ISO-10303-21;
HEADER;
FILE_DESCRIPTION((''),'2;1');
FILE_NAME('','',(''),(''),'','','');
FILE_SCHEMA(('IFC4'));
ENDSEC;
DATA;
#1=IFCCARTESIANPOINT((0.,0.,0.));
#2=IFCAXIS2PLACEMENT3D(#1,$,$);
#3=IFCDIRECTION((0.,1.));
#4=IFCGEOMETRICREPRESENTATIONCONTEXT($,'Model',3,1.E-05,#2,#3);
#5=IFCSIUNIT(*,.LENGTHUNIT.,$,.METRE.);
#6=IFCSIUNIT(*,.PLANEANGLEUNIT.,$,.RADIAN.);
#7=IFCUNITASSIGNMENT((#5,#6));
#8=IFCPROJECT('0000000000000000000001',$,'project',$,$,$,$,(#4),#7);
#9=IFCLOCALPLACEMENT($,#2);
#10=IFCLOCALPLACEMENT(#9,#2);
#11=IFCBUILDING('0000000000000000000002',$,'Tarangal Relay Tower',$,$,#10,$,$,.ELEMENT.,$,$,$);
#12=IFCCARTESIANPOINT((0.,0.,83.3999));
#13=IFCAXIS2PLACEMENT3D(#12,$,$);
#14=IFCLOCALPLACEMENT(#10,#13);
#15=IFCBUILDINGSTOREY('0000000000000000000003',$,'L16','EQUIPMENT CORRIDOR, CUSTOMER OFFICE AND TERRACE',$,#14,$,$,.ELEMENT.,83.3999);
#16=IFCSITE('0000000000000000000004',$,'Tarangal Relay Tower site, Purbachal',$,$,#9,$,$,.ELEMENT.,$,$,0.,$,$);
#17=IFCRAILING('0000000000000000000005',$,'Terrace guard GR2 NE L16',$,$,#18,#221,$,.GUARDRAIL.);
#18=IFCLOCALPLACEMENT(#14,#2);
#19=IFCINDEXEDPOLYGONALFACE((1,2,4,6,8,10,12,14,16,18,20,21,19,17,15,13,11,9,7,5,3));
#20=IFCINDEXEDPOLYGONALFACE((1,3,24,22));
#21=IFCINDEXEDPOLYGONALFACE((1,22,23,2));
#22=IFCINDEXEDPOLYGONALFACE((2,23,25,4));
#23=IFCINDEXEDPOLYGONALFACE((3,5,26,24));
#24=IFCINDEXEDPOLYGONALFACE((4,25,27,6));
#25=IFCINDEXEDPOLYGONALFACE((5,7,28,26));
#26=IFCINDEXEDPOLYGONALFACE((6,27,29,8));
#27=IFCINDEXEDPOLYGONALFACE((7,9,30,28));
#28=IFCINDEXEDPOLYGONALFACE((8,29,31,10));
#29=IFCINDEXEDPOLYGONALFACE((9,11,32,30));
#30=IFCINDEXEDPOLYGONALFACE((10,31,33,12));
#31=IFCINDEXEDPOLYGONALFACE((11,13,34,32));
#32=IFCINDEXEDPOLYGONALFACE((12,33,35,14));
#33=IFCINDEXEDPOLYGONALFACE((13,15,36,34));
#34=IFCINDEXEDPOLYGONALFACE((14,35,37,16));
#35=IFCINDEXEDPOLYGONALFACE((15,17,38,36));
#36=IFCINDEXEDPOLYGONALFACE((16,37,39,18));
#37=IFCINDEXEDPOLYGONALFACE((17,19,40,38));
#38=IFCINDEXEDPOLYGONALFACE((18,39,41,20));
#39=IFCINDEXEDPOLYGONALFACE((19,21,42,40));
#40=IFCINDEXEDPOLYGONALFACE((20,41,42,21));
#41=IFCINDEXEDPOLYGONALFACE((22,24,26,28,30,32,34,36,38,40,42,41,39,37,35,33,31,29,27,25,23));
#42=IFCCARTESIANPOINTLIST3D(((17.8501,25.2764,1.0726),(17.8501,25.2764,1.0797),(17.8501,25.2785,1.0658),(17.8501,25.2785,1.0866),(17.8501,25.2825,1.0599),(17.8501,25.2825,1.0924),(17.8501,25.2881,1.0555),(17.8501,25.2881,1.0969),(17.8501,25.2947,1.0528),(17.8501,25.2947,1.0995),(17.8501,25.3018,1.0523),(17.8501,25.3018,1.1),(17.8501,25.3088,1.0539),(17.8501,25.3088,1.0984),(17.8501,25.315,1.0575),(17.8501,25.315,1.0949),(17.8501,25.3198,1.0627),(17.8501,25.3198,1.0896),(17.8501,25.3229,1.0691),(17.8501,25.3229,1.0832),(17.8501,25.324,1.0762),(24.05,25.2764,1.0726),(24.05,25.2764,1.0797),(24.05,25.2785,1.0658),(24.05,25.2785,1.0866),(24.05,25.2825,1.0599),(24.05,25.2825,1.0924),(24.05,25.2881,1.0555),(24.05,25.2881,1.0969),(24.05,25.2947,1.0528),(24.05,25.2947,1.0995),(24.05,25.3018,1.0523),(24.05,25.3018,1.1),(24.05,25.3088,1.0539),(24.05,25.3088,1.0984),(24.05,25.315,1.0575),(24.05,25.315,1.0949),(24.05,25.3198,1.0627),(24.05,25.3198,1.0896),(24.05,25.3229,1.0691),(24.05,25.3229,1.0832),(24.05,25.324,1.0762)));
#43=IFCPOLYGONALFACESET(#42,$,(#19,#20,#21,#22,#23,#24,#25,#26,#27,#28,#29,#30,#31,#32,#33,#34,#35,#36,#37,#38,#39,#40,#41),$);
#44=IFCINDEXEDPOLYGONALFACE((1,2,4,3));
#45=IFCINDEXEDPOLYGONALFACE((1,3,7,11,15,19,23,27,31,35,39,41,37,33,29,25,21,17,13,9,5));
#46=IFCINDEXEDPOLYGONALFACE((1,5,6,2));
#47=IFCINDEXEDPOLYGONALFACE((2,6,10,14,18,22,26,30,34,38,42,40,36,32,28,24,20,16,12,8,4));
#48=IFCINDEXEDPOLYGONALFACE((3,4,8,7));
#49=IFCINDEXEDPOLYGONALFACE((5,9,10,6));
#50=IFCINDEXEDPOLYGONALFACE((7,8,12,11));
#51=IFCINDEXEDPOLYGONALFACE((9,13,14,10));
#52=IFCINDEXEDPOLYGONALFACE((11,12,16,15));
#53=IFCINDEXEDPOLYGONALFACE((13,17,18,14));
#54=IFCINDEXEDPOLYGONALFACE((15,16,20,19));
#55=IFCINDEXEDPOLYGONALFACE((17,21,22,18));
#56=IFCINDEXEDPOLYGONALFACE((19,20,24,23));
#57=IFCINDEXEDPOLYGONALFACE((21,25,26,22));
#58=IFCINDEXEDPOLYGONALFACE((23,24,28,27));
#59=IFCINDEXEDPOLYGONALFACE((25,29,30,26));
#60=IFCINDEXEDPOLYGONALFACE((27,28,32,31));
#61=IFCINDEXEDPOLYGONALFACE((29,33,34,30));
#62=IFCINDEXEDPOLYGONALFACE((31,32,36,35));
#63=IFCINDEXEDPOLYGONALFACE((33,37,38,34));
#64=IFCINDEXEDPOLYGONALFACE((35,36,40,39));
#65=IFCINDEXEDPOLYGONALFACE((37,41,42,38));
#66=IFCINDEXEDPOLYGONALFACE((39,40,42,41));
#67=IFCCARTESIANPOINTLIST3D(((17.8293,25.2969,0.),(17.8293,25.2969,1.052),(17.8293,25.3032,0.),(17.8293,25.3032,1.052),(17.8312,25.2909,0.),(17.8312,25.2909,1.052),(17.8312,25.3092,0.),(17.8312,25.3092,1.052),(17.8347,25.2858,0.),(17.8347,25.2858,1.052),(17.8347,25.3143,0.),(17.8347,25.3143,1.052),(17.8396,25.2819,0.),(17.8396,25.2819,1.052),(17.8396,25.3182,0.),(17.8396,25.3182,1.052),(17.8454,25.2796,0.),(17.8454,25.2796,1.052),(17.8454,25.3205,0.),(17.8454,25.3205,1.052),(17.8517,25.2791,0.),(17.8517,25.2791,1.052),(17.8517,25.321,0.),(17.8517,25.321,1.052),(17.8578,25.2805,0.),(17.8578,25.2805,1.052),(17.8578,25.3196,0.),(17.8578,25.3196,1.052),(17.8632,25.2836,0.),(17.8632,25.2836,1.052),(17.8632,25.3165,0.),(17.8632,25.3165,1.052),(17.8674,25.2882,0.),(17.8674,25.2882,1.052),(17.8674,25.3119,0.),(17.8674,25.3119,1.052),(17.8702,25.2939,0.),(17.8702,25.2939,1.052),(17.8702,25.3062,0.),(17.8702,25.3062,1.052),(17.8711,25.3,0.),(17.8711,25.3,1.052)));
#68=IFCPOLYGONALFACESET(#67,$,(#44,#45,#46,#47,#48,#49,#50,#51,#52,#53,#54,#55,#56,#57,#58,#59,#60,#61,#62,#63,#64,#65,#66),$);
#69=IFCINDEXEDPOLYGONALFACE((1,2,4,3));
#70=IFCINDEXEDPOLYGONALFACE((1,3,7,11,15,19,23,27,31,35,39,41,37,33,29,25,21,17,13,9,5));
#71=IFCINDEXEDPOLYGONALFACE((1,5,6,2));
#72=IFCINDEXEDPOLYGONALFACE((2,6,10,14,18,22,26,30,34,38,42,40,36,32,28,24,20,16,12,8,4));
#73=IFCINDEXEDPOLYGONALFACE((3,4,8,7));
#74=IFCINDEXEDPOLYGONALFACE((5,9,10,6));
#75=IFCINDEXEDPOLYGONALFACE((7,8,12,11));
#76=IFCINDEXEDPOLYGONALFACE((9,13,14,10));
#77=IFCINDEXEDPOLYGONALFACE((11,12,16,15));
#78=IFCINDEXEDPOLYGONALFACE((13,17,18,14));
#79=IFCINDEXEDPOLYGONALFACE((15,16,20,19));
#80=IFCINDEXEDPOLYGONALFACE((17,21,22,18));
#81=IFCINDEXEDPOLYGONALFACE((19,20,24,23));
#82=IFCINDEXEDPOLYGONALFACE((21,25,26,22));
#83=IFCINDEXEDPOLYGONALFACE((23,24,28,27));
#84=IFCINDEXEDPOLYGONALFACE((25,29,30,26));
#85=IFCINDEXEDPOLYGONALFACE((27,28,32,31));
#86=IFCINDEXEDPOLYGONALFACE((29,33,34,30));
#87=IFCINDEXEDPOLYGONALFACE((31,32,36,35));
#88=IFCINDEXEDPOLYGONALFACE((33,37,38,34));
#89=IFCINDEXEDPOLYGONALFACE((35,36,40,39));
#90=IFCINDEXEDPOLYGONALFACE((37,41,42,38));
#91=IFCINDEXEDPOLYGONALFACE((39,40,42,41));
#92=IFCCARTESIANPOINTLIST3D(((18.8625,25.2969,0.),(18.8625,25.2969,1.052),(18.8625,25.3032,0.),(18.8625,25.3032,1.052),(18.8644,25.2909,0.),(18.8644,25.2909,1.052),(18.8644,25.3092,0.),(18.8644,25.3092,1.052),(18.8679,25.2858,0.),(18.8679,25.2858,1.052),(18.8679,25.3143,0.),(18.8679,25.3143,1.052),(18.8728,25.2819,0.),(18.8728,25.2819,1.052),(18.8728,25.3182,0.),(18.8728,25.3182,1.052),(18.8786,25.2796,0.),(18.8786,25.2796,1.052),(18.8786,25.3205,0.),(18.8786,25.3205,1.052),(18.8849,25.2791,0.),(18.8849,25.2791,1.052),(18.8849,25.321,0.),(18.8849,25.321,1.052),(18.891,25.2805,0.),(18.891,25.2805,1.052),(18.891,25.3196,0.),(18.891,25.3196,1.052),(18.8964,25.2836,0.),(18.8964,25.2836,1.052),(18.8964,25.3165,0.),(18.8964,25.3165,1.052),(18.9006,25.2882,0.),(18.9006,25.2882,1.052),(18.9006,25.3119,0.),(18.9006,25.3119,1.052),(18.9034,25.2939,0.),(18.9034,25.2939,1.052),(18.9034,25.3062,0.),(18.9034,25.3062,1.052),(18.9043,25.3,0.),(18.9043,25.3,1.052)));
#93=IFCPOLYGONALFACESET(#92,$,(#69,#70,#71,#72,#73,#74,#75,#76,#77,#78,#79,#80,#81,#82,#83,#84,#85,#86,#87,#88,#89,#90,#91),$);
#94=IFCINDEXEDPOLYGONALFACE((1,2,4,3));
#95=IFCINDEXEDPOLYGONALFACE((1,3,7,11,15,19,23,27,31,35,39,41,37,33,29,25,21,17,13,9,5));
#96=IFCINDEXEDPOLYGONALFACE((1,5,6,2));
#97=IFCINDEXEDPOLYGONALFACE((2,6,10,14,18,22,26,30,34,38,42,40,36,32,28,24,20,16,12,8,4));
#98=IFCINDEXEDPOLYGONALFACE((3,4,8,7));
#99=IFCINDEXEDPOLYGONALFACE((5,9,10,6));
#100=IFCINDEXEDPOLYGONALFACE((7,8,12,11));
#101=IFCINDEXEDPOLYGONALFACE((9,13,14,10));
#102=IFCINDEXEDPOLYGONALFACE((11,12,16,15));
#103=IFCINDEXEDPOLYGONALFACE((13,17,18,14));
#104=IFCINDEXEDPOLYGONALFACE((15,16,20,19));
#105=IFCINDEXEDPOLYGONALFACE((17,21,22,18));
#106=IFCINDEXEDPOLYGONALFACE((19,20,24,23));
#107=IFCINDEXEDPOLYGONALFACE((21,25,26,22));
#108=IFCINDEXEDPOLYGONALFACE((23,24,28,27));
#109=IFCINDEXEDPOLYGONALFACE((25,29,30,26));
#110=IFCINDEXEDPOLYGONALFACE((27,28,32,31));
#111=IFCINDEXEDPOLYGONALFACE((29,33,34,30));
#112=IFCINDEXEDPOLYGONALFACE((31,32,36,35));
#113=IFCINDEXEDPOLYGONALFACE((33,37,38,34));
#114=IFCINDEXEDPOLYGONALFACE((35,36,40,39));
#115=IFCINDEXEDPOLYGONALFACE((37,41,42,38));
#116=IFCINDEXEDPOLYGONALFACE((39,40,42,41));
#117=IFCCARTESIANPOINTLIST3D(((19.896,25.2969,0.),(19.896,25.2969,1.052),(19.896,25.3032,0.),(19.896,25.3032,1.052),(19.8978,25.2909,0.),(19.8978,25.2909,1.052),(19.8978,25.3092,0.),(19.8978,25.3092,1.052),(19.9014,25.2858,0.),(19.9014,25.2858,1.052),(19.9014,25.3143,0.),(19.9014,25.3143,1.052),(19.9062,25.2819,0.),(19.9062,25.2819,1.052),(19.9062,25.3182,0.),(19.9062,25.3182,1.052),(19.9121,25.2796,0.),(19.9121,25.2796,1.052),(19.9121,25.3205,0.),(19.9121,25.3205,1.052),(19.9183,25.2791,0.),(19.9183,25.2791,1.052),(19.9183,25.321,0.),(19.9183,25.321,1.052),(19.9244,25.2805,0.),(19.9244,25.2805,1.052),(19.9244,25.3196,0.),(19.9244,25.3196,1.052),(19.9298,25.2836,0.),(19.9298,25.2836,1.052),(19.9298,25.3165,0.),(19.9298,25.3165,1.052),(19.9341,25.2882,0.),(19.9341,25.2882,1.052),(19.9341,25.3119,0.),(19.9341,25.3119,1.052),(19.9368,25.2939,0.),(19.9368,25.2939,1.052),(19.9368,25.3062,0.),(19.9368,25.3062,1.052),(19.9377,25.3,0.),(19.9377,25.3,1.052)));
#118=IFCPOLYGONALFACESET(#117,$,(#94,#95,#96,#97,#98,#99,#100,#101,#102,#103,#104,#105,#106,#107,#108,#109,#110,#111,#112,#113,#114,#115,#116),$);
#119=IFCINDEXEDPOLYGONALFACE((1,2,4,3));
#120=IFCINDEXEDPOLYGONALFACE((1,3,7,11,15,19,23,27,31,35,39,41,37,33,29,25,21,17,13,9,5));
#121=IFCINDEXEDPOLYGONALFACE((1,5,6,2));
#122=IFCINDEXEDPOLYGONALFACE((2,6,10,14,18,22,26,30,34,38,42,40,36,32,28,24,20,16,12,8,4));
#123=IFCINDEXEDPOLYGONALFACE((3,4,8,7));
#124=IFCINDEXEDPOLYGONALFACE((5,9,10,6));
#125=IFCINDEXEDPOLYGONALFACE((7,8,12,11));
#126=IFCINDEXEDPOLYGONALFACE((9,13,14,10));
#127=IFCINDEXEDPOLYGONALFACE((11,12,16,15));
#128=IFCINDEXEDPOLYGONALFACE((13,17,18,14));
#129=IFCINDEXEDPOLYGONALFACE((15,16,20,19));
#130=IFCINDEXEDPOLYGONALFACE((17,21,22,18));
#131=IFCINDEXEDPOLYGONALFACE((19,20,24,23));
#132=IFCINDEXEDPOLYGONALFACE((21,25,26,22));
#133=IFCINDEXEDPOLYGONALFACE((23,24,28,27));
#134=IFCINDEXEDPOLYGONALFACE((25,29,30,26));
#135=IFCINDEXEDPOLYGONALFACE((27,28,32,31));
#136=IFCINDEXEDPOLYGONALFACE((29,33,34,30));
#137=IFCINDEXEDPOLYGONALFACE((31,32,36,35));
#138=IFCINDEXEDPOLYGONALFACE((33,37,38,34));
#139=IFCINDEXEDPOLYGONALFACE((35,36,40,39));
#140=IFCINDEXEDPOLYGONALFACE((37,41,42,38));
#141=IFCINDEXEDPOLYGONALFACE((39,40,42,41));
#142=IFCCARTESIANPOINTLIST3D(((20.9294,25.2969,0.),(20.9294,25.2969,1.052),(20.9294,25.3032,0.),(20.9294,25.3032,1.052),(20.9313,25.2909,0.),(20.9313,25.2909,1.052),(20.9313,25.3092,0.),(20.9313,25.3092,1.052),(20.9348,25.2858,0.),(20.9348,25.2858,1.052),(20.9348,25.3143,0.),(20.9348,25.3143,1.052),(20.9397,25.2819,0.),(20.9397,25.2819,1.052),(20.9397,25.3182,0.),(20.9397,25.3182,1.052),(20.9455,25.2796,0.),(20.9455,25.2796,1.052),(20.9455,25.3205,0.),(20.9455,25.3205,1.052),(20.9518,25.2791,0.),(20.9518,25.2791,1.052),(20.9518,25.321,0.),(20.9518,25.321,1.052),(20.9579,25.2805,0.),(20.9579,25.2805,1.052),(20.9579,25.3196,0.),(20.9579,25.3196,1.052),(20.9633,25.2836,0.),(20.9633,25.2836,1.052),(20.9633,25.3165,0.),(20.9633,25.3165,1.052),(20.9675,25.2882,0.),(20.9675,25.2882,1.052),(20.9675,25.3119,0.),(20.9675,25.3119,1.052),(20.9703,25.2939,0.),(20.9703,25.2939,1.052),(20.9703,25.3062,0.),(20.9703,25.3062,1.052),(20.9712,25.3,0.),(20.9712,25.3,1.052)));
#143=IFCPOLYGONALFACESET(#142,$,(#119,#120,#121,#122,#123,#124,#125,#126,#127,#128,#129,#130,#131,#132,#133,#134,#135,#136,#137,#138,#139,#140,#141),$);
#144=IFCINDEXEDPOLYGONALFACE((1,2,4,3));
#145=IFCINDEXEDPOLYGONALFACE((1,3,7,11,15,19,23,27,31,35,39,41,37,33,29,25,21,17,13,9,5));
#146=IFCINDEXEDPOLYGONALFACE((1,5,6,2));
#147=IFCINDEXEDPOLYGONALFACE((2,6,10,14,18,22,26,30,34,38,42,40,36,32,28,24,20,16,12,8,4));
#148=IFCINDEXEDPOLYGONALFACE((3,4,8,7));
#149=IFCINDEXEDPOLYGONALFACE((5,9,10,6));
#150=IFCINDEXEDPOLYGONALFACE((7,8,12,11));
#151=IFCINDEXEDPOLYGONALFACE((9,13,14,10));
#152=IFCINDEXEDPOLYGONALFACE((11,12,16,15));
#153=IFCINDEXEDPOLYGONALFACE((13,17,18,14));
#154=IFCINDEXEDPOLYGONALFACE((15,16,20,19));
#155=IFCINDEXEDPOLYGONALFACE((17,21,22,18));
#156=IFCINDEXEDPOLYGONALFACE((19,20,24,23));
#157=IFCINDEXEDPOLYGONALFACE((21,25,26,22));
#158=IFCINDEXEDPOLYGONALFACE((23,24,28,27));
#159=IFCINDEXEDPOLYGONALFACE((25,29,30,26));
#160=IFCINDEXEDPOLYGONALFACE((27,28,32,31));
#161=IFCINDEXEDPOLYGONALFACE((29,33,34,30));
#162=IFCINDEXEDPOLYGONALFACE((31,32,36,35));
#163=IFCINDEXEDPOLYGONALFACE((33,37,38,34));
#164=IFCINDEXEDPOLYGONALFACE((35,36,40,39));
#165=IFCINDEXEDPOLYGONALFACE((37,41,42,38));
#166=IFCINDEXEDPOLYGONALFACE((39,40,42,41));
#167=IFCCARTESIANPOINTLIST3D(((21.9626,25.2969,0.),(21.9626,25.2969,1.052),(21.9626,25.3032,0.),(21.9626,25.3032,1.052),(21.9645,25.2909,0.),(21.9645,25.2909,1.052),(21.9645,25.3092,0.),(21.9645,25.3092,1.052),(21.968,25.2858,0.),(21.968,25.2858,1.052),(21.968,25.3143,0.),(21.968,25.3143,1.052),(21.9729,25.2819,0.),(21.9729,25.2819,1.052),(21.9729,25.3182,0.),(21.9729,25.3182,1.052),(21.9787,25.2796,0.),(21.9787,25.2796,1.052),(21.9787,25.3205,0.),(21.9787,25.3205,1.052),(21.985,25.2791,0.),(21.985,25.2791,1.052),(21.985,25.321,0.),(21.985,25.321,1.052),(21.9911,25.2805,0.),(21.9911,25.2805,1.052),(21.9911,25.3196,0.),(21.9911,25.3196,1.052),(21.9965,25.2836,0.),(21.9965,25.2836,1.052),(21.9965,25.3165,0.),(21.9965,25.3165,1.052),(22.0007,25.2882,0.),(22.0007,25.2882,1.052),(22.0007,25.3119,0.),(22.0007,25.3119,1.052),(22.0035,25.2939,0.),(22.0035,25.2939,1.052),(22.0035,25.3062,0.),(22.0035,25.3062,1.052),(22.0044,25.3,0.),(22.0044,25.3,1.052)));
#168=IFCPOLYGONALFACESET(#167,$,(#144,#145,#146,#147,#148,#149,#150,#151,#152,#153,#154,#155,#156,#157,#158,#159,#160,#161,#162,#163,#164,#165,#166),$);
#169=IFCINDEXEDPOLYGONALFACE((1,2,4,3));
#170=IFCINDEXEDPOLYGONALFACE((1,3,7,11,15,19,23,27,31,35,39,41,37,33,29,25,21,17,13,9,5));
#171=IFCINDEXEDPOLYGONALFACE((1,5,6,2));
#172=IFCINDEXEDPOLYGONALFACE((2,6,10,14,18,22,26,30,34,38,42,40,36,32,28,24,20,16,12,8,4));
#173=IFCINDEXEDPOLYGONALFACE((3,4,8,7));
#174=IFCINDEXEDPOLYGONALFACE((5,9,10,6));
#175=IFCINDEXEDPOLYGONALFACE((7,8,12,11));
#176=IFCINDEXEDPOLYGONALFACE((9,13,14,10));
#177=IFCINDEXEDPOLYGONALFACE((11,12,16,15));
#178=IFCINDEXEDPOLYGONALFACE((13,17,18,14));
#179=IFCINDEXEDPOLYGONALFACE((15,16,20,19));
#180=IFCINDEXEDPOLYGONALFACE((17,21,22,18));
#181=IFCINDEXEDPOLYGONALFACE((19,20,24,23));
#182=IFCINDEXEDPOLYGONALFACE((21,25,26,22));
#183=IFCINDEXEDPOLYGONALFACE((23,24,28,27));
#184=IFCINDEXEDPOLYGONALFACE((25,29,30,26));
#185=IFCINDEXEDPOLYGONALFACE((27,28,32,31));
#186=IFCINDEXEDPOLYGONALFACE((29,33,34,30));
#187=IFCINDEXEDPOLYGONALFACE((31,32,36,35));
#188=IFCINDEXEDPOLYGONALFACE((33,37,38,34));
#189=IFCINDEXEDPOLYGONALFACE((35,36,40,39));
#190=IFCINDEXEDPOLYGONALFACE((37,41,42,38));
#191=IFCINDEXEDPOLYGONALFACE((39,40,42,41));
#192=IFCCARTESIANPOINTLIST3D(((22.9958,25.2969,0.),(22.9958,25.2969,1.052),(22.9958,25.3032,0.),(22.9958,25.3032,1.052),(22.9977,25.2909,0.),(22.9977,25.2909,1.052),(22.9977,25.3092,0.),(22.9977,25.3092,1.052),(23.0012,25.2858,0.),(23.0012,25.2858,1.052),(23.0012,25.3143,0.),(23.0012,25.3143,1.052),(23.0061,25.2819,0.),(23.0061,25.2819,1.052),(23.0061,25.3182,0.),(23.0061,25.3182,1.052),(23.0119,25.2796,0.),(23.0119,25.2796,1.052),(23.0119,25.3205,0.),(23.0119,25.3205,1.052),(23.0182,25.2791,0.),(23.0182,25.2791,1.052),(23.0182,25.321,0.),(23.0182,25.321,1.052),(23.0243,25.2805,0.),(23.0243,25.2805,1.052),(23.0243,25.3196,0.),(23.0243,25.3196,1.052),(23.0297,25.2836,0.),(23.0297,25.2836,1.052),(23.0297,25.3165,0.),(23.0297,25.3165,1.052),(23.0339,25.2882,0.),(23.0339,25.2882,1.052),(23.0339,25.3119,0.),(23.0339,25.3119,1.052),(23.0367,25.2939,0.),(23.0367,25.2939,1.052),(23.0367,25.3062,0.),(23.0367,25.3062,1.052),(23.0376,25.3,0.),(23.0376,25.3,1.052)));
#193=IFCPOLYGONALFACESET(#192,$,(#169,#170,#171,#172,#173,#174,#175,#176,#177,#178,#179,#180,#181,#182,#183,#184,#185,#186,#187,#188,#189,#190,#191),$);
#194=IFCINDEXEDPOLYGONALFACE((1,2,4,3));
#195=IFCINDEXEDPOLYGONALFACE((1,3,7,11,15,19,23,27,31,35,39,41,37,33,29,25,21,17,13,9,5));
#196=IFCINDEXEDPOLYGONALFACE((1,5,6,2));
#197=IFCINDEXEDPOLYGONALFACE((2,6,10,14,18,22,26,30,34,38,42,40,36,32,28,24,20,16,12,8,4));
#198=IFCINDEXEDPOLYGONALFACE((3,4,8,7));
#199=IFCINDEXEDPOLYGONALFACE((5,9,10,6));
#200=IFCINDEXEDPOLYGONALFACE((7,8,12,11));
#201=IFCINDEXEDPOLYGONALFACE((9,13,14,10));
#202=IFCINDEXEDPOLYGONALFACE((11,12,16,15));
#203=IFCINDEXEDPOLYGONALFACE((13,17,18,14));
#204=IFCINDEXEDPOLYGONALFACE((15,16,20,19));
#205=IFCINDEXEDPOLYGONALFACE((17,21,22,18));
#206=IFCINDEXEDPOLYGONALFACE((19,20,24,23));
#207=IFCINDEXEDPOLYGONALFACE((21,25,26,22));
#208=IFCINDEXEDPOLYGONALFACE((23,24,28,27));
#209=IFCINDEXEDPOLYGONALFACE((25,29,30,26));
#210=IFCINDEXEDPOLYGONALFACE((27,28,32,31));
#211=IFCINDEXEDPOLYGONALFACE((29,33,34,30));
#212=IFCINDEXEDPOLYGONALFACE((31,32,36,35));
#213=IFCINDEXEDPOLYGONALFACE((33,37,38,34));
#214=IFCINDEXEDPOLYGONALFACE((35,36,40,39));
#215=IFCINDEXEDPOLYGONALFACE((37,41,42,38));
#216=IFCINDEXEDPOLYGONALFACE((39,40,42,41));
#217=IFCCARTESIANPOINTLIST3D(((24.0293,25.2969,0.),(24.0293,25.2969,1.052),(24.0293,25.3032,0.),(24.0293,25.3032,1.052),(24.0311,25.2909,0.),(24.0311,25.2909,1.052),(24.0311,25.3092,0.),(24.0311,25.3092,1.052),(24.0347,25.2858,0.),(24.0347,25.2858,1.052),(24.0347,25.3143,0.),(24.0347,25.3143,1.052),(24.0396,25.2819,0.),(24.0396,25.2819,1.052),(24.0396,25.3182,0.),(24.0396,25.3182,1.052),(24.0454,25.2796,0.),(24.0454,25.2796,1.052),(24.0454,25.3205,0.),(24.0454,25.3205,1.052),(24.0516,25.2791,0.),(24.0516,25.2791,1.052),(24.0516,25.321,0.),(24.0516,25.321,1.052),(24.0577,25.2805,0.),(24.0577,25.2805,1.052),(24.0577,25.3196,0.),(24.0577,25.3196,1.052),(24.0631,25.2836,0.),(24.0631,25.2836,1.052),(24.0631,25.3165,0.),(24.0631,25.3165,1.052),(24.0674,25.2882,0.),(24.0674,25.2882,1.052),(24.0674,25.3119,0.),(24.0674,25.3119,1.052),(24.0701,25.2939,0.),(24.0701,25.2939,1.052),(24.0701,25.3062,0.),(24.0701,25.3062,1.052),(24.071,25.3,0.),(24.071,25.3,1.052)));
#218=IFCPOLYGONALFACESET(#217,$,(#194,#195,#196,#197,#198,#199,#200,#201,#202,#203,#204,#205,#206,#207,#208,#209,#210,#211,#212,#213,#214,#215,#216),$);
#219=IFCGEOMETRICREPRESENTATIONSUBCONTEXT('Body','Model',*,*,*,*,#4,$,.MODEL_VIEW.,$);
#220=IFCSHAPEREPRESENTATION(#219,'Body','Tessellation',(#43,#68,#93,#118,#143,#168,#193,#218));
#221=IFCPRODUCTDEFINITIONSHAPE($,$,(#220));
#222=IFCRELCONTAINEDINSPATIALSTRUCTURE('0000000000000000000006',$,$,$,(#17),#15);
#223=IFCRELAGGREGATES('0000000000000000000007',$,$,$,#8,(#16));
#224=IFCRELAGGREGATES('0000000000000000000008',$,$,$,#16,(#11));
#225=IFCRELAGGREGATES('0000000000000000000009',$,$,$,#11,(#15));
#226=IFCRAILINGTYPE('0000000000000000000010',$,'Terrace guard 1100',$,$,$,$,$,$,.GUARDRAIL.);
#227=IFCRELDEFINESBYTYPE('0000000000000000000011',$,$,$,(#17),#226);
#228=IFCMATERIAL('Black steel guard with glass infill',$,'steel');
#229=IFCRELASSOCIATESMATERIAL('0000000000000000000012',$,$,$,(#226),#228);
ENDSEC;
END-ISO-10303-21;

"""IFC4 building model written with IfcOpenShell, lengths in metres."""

from ifc_helpers import new_model, si_unit, direction, frame, origin, origin_2d, place, context, subcontext, project, spatial, circle, extrude, material, type_object, element, save


model = new_model("IFC4")

# Units and contexts
model_context = context("Model", 3, precision=1e-05, world=origin(), true_north=direction((0.0, 1.0)))
body_context = subcontext(model_context, "Body", "Model", "MODEL_VIEW")
ifc_project = project(units=[si_unit("LENGTHUNIT", "METRE"), si_unit("PLANEANGLEUNIT", "RADIAN")], contexts=[model_context])

# Site, building, storey
site_placement = place(None, origin())
site = spatial("IfcSite", under=ifc_project, at=site_placement, Name="Tarangal Relay Tower site, Purbachal", CompositionType="ELEMENT", RefElevation=0.0)
building_placement = place(site_placement, origin())
building = spatial("IfcBuilding", under=site, at=building_placement, Name="Tarangal Relay Tower", CompositionType="ELEMENT")
storey_placement = place(building_placement, frame((0.0, 0.0, 83.3999)))
storey = spatial("IfcBuildingStorey", under=building, at=storey_placement, Name="L16", Description="EQUIPMENT CORRIDOR, CUSTOMER OFFICE AND TERRACE", CompositionType="ELEMENT", Elevation=83.3999)

# Railing
ifc_material_1 = material(Name="Black steel guard with glass infill", Category="steel")
railing_type_1 = type_object("IfcRailingType", Name="Terrace guard 1100", PredefinedType="GUARDRAIL", material=ifc_material_1)
railing_1_placement = place(storey_placement, frame((17.8501, 25.3, 0.0)))
element("IfcRailing", 1, at=railing_1_placement, inside=storey, type_object=railing_type_1, Name="Terrace guard GR2 NE L16", PredefinedType="GUARDRAIL", context=body_context, shape_type="SweptSolid", body=[
    extrude(circle(Radius=0.0239, at=origin_2d()), frame((0.0, 0.0, 1.0762), z_axis=(1.0, 0.0, 0.0), x_axis=(0.0, 1.0, 0.0)), (0.0, 0.0, 1.0), 6.2),
    extrude(circle(Radius=0.021, at=origin_2d()), origin(), (0.0, 0.0, 1.0), 1.052),
    extrude(circle(Radius=0.021, at=origin_2d()), frame((1.0332, 0.0, 0.0)), (0.0, 0.0, 1.0), 1.052),
    extrude(circle(Radius=0.021, at=origin_2d()), frame((2.0667, 0.0, 0.0)), (0.0, 0.0, 1.0), 1.052),
    extrude(circle(Radius=0.021, at=origin_2d()), frame((3.1001, 0.0, 0.0)), (0.0, 0.0, 1.0), 1.052),
    extrude(circle(Radius=0.021, at=origin_2d()), frame((4.1333, 0.0, 0.0)), (0.0, 0.0, 1.0), 1.052),
    extrude(circle(Radius=0.021, at=origin_2d()), frame((5.1665, 0.0, 0.0)), (0.0, 0.0, 1.0), 1.052),
    extrude(circle(Radius=0.021, at=origin_2d()), frame((6.2, 0.0, 0.0)), (0.0, 0.0, 1.0), 1.052),
])

save(model, "model.ifc")
